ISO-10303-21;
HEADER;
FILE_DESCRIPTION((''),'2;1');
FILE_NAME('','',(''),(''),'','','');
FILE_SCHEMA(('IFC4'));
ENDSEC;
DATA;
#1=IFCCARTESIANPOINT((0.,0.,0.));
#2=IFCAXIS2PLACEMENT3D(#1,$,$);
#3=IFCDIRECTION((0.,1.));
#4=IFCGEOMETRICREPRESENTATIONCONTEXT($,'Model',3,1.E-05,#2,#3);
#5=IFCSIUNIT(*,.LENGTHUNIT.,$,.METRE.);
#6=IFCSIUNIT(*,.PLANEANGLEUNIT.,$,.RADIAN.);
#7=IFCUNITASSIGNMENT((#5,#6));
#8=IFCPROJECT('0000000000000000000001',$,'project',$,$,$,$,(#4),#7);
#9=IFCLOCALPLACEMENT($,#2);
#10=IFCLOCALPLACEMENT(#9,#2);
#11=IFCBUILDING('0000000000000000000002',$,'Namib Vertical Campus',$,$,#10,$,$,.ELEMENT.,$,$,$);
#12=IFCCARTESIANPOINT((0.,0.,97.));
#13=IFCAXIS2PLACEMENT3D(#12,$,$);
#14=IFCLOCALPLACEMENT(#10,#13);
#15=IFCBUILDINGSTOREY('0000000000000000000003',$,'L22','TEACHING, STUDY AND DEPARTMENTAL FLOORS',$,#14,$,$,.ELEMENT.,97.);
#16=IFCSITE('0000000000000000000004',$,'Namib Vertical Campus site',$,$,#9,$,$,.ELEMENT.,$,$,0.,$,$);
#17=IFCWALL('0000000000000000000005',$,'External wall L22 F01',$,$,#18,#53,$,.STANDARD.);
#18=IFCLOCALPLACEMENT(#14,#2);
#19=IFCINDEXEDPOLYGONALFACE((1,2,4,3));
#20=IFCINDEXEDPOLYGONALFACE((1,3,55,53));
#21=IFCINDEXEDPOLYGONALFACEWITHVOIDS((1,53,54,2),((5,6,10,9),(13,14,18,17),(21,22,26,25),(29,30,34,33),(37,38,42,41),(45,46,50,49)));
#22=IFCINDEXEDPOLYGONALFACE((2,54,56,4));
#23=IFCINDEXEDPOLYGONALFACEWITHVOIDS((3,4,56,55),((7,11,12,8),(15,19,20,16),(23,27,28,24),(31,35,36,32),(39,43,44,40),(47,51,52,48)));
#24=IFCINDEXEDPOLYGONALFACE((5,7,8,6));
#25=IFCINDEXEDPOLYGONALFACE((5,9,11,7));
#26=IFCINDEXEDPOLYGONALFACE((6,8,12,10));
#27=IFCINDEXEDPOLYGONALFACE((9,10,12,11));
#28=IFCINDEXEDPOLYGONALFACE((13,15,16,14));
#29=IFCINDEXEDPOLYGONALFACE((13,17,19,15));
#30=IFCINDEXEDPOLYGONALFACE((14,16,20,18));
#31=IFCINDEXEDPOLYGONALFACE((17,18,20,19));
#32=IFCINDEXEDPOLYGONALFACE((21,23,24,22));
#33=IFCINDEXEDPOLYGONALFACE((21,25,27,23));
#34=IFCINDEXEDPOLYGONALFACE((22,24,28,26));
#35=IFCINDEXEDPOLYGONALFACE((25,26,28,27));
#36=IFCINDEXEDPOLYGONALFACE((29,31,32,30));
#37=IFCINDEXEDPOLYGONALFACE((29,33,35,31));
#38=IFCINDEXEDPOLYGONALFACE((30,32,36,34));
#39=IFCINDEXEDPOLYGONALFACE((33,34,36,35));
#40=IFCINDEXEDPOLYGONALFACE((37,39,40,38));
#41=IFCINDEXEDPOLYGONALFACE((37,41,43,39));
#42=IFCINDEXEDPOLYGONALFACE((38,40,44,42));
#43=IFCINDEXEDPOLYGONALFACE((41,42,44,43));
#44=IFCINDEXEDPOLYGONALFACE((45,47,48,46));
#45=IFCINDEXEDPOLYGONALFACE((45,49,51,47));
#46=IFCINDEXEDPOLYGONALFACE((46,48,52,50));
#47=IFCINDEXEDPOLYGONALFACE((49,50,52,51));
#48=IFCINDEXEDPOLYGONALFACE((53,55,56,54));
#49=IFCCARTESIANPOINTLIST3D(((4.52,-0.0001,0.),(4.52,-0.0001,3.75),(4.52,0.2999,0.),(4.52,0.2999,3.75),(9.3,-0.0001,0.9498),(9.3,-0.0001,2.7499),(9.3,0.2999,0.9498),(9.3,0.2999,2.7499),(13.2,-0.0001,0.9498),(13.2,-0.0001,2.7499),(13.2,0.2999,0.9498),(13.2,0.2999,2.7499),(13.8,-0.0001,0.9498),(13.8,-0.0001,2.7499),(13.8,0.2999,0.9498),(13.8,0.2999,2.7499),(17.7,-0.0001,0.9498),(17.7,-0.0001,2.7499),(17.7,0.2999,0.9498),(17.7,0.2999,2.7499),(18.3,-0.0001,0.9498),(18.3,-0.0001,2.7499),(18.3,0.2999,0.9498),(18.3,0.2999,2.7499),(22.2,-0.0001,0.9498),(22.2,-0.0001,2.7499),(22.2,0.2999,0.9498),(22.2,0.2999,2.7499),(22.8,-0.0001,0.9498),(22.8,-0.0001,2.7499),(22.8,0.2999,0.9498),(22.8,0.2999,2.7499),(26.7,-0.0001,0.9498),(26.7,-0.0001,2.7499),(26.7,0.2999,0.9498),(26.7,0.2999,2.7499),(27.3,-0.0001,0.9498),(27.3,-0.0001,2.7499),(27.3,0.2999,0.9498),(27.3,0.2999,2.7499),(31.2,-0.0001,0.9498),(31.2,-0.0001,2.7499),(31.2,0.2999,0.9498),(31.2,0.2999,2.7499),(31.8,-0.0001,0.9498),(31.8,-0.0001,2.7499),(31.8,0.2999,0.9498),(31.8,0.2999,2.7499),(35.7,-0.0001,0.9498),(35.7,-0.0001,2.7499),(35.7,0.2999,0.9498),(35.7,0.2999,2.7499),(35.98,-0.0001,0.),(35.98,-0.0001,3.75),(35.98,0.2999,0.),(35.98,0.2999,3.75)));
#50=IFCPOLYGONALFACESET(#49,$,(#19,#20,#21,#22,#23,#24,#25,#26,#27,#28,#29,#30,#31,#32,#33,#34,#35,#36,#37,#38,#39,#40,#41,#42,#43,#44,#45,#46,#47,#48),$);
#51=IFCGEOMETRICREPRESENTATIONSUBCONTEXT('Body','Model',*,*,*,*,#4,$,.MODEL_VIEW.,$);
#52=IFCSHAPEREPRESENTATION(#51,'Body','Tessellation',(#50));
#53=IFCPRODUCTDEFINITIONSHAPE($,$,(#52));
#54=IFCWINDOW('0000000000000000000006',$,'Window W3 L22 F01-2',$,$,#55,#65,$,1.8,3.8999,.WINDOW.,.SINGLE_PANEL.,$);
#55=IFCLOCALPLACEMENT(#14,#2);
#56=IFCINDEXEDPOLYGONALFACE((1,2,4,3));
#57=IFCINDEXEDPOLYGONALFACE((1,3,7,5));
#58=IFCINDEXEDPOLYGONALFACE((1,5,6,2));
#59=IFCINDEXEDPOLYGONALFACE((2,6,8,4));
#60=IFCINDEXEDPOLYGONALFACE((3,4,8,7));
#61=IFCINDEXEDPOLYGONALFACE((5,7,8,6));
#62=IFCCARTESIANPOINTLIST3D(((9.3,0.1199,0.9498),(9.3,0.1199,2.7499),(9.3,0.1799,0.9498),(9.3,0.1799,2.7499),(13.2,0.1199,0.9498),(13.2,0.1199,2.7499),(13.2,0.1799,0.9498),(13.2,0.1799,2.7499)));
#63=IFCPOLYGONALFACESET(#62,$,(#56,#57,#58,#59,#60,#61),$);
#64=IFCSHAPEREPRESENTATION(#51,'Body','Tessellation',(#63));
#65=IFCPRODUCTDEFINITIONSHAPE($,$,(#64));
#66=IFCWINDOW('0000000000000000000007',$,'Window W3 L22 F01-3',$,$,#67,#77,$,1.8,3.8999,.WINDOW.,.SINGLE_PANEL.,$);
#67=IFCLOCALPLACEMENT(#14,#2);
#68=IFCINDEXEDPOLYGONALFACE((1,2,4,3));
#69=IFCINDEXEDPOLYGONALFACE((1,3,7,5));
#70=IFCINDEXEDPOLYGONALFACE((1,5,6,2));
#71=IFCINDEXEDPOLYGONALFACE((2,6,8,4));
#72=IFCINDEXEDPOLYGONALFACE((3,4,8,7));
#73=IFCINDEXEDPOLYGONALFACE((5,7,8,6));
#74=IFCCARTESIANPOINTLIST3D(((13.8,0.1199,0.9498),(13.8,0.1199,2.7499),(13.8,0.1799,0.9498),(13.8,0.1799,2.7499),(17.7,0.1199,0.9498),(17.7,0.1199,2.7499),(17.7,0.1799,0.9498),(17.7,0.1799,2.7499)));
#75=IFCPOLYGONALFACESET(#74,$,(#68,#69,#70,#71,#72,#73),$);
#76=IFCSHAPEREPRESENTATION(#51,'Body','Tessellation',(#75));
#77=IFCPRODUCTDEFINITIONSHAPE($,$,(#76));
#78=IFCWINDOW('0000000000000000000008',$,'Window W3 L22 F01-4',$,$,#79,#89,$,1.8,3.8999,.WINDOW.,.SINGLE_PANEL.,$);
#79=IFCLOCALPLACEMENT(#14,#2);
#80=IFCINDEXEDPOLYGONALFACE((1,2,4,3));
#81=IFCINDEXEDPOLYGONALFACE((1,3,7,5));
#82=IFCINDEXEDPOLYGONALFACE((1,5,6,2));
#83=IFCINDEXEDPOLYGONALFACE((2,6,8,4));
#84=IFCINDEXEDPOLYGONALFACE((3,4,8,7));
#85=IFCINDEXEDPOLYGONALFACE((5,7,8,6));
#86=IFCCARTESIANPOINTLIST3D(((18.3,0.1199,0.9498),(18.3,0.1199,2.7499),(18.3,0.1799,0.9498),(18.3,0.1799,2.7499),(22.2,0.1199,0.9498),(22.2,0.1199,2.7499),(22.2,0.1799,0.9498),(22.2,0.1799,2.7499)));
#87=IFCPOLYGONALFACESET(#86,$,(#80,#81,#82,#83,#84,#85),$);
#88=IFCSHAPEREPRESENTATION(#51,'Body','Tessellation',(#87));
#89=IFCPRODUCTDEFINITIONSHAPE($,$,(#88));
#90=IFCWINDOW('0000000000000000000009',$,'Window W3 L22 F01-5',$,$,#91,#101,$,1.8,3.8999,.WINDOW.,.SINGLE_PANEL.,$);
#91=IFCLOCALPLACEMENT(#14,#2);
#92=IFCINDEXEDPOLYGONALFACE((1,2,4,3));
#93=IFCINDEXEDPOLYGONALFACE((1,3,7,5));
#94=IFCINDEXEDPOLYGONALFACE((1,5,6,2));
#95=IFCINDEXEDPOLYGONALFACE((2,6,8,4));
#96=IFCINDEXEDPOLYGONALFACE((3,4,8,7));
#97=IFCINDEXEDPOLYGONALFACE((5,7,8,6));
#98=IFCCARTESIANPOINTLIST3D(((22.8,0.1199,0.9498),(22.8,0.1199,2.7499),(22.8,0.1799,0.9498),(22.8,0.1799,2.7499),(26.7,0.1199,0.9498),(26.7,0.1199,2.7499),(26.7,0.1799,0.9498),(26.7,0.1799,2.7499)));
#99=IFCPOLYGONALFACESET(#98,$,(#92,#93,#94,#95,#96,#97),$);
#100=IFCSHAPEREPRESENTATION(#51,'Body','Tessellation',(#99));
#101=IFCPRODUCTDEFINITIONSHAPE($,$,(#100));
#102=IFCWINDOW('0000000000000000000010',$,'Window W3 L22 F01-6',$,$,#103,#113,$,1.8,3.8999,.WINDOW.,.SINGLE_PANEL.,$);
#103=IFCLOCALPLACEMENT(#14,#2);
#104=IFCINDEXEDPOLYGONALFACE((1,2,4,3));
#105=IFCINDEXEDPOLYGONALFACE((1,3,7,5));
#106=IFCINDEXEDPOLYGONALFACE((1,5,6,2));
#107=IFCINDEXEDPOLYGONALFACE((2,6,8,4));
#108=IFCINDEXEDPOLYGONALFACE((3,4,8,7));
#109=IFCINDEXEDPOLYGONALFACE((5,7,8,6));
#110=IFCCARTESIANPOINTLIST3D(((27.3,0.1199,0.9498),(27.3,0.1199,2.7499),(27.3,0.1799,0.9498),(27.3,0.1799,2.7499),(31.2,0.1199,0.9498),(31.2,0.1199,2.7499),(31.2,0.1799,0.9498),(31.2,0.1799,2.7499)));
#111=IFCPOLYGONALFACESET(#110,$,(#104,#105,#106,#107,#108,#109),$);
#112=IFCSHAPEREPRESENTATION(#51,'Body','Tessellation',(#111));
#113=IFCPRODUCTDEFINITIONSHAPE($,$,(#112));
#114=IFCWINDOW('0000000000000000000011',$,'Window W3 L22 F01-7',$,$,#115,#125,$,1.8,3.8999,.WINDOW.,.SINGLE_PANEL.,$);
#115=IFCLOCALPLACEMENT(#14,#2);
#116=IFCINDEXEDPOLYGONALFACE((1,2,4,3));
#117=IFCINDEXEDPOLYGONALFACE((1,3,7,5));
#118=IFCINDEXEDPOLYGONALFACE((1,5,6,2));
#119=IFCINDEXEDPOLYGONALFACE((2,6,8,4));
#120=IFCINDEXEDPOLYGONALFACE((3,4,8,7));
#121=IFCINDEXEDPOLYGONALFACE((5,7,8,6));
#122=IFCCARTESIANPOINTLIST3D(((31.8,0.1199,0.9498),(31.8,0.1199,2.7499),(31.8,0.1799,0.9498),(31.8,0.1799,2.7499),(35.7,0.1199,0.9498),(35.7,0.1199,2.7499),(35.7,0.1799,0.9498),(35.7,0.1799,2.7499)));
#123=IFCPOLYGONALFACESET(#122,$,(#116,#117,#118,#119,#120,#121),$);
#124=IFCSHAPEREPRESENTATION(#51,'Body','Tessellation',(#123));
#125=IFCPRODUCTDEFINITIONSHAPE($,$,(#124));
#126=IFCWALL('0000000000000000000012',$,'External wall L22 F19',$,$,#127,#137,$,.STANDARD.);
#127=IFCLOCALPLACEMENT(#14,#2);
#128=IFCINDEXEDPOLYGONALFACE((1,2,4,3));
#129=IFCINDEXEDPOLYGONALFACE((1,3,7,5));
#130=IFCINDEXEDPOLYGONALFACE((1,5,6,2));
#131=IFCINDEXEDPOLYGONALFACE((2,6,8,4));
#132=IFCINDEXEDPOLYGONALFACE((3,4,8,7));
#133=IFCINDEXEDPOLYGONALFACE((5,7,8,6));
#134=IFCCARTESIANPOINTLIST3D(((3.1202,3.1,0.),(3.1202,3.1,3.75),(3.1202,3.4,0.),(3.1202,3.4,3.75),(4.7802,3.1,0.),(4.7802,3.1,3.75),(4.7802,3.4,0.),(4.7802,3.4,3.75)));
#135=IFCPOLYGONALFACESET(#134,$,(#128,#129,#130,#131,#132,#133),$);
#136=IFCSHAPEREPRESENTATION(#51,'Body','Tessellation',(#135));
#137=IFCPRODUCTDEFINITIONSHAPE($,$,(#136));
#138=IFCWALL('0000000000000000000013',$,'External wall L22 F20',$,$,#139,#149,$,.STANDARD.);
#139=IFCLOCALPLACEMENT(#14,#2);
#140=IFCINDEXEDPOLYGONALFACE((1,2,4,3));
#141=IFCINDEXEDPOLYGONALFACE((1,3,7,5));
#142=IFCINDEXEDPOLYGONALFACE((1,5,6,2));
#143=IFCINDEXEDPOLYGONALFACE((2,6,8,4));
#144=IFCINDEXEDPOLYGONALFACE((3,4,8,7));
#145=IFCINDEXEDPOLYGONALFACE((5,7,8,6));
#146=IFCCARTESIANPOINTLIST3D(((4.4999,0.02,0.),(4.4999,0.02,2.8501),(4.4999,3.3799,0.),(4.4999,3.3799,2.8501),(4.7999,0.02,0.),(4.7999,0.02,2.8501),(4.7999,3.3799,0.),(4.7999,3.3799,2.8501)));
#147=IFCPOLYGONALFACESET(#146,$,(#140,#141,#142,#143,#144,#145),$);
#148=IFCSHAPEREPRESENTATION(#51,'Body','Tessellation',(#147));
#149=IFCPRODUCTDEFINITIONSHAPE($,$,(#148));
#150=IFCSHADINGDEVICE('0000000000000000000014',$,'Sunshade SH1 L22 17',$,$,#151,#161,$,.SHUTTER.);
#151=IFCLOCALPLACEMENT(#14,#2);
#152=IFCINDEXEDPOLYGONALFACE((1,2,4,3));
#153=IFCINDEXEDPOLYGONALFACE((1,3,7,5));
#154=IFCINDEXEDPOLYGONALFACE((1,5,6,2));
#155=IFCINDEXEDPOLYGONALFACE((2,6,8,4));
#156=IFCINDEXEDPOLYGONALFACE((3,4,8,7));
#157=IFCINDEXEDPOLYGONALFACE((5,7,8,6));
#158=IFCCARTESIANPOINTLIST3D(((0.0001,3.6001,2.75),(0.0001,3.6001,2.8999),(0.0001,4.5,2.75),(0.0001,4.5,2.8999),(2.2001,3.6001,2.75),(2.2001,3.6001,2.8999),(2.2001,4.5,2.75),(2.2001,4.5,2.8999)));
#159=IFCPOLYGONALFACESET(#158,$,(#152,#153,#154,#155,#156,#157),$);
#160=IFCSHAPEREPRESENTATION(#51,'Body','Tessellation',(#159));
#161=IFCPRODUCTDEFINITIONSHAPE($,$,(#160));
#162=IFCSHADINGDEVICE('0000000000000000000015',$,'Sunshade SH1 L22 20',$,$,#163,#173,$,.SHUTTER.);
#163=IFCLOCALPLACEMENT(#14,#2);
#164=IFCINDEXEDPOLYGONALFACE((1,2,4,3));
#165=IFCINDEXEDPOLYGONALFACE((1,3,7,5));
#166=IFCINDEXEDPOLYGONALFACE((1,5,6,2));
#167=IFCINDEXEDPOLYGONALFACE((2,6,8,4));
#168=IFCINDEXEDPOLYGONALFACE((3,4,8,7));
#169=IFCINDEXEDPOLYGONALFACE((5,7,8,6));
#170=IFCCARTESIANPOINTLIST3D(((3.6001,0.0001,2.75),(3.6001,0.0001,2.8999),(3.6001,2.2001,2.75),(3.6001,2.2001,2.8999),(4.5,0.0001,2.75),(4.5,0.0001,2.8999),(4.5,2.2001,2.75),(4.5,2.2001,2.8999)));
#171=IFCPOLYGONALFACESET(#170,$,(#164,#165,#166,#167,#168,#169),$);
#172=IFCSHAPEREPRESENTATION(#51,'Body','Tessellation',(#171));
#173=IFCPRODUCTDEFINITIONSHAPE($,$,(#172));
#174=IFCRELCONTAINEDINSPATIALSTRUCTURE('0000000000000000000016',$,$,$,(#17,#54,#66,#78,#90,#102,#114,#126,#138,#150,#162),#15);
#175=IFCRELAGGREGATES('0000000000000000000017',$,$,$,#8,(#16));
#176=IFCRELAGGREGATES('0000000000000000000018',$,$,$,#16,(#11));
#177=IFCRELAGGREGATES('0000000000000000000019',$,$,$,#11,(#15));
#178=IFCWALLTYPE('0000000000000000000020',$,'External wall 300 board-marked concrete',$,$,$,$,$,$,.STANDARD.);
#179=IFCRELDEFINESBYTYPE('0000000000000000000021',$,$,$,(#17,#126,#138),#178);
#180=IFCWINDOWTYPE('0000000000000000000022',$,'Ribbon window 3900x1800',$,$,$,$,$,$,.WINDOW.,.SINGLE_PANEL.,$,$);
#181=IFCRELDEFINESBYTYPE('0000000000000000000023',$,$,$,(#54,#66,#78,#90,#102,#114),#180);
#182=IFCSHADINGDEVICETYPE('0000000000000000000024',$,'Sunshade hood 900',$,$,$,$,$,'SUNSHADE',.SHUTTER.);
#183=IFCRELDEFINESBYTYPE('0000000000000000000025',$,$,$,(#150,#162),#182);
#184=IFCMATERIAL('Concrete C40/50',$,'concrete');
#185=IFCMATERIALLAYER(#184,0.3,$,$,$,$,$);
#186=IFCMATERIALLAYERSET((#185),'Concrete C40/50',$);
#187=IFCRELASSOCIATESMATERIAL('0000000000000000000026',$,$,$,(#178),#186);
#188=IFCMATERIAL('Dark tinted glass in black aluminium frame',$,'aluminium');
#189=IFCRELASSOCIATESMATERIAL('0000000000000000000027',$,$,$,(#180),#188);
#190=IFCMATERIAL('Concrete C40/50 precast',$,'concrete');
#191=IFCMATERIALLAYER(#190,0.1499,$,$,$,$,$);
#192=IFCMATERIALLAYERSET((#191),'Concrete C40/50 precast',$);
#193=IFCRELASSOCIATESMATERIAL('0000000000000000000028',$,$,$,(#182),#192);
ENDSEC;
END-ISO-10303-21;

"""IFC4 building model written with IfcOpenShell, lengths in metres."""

from ifc_helpers import new_model, si_unit, direction, frame, frame_2d, origin, origin_2d, place, context, subcontext, project, spatial, rectangle, extrude, material, layer, layer_set, type_object, element, fill, save


model = new_model("IFC4")

# Units and contexts
model_context = context("Model", 3, precision=1e-05, world=origin(), true_north=direction((0.0, 1.0)))
body_context = subcontext(model_context, "Body", "Model", "MODEL_VIEW")
ifc_project = project(units=[si_unit("LENGTHUNIT", "METRE"), si_unit("PLANEANGLEUNIT", "RADIAN")], contexts=[model_context])

# Site, building, storey
site_placement = place(None, origin())
site = spatial("IfcSite", under=ifc_project, at=site_placement, Name="Namib Vertical Campus site", CompositionType="ELEMENT", RefElevation=0.0)
building_placement = place(site_placement, origin())
building = spatial("IfcBuilding", under=site, at=building_placement, Name="Namib Vertical Campus", CompositionType="ELEMENT")
storey_placement = place(building_placement, frame((0.0, 0.0, 97.0)))
storey = spatial("IfcBuildingStorey", under=building, at=storey_placement, Name="L22", Description="TEACHING, STUDY AND DEPARTMENTAL FLOORS", CompositionType="ELEMENT", Elevation=97.0)

# Wall, openings, windows
ifc_material_1 = material(Name="Concrete C40/50", Category="concrete")
ifc_layer_1 = layer(ifc_material_1, 0.3)
ifc_layer_set_1 = layer_set([ifc_layer_1], Name="Concrete C40/50")
wall_type = type_object("IfcWallType", Name="External wall 300 board-marked concrete", PredefinedType="STANDARD", material=ifc_layer_set_1)
wall_1_placement = place(storey_placement, frame((4.52, 0.1499, 0.0), z_axis=(0.0, 0.0, 1.0), x_axis=(1.0, 0.0, 0.0)))
wall_1 = element("IfcWall", 1, at=wall_1_placement, inside=storey, type_object=wall_type, Name="External wall L22 F01", PredefinedType="STANDARD", context=body_context, shape_type="SweptSolid", body=[
    extrude(rectangle(XDim=31.46, YDim=0.3, at=frame_2d((15.73, 0.0))), origin(), (0.0, 0.0, 1.0), 3.75),
])
opening_1_placement = place(wall_1_placement, frame((4.78, 0.0, 0.95)))
opening_1 = element("IfcOpeningElement", 2, at=opening_1_placement, cuts=wall_1, PredefinedType="OPENING", context=body_context, shape_type="SweptSolid", body=[
    extrude(rectangle(XDim=3.8999, YDim=1.8, at=frame_2d((1.95, 0.8999))), frame((0.0, 0.1599, 0.0), z_axis=(0.0, -1.0, 0.0), x_axis=(1.0, 0.0, 0.0)), (0.0, 0.0, 1.0), 0.3201),
])
opening_2_placement = place(wall_1_placement, frame((9.28, 0.0, 0.95)))
opening_2 = element("IfcOpeningElement", 3, at=opening_2_placement, cuts=wall_1, PredefinedType="OPENING", context=body_context, shape_type="SweptSolid", body=[
    extrude(rectangle(XDim=3.8999, YDim=1.8, at=frame_2d((1.95, 0.8999))), frame((0.0, 0.1599, 0.0), z_axis=(0.0, -1.0, 0.0), x_axis=(1.0, 0.0, 0.0)), (0.0, 0.0, 1.0), 0.3201),
])
opening_3_placement = place(wall_1_placement, frame((13.78, 0.0, 0.95)))
opening_3 = element("IfcOpeningElement", 4, at=opening_3_placement, cuts=wall_1, PredefinedType="OPENING", context=body_context, shape_type="SweptSolid", body=[
    extrude(rectangle(XDim=3.8999, YDim=1.8, at=frame_2d((1.95, 0.8999))), frame((0.0, 0.1599, 0.0), z_axis=(0.0, -1.0, 0.0), x_axis=(1.0, 0.0, 0.0)), (0.0, 0.0, 1.0), 0.3201),
])
opening_4_placement = place(wall_1_placement, frame((18.28, 0.0, 0.95)))
opening_4 = element("IfcOpeningElement", 5, at=opening_4_placement, cuts=wall_1, PredefinedType="OPENING", context=body_context, shape_type="SweptSolid", body=[
    extrude(rectangle(XDim=3.8999, YDim=1.8, at=frame_2d((1.95, 0.8999))), frame((0.0, 0.1599, 0.0), z_axis=(0.0, -1.0, 0.0), x_axis=(1.0, 0.0, 0.0)), (0.0, 0.0, 1.0), 0.3201),
])
opening_5_placement = place(wall_1_placement, frame((22.78, 0.0, 0.95)))
opening_5 = element("IfcOpeningElement", 6, at=opening_5_placement, cuts=wall_1, PredefinedType="OPENING", context=body_context, shape_type="SweptSolid", body=[
    extrude(rectangle(XDim=3.8999, YDim=1.8, at=frame_2d((1.95, 0.8999))), frame((0.0, 0.1599, 0.0), z_axis=(0.0, -1.0, 0.0), x_axis=(1.0, 0.0, 0.0)), (0.0, 0.0, 1.0), 0.3201),
])
opening_6_placement = place(wall_1_placement, frame((27.28, 0.0, 0.95)))
opening_6 = element("IfcOpeningElement", 7, at=opening_6_placement, cuts=wall_1, PredefinedType="OPENING", context=body_context, shape_type="SweptSolid", body=[
    extrude(rectangle(XDim=3.8999, YDim=1.8, at=frame_2d((1.95, 0.8999))), frame((0.0, 0.1599, 0.0), z_axis=(0.0, -1.0, 0.0), x_axis=(1.0, 0.0, 0.0)), (0.0, 0.0, 1.0), 0.3201),
])
ifc_material_2 = material(Name="Dark tinted glass in black aluminium frame", Category="aluminium")
window_type = type_object("IfcWindowType", Name="Ribbon window 3900x1800", PartitioningType="SINGLE_PANEL", PredefinedType="WINDOW", material=ifc_material_2)
window_1_placement = place(opening_1_placement, origin())
window_1 = element("IfcWindow", 8, at=window_1_placement, inside=storey, type_object=window_type, Name="Window W3 L22 F01-2", OverallHeight=1.8, OverallWidth=3.8999, PartitioningType="SINGLE_PANEL", PredefinedType="WINDOW", context=body_context, shape_type="SweptSolid", body=[
    extrude(rectangle(XDim=3.8999, YDim=1.8, at=frame_2d((1.95, 0.8999))), frame((0.0, 0.03, 0.0), z_axis=(0.0, -1.0, 0.0), x_axis=(1.0, 0.0, 0.0)), (0.0, 0.0, 1.0), 0.0601),
])
fill(opening_1, window_1)
window_2_placement = place(opening_2_placement, origin())
window_2 = element("IfcWindow", 9, at=window_2_placement, inside=storey, type_object=window_type, Name="Window W3 L22 F01-3", OverallHeight=1.8, OverallWidth=3.8999, PartitioningType="SINGLE_PANEL", PredefinedType="WINDOW", context=body_context, shape_type="SweptSolid", body=[
    extrude(rectangle(XDim=3.8999, YDim=1.8, at=frame_2d((1.95, 0.8999))), frame((0.0, 0.03, 0.0), z_axis=(0.0, -1.0, 0.0), x_axis=(1.0, 0.0, 0.0)), (0.0, 0.0, 1.0), 0.0601),
])
fill(opening_2, window_2)
window_3_placement = place(opening_3_placement, origin())
window_3 = element("IfcWindow", 10, at=window_3_placement, inside=storey, type_object=window_type, Name="Window W3 L22 F01-4", OverallHeight=1.8, OverallWidth=3.8999, PartitioningType="SINGLE_PANEL", PredefinedType="WINDOW", context=body_context, shape_type="SweptSolid", body=[
    extrude(rectangle(XDim=3.8999, YDim=1.8, at=frame_2d((1.95, 0.8999))), frame((0.0, 0.03, 0.0), z_axis=(0.0, -1.0, 0.0), x_axis=(1.0, 0.0, 0.0)), (0.0, 0.0, 1.0), 0.0601),
])
fill(opening_3, window_3)
window_4_placement = place(opening_4_placement, origin())
window_4 = element("IfcWindow", 11, at=window_4_placement, inside=storey, type_object=window_type, Name="Window W3 L22 F01-5", OverallHeight=1.8, OverallWidth=3.8999, PartitioningType="SINGLE_PANEL", PredefinedType="WINDOW", context=body_context, shape_type="SweptSolid", body=[
    extrude(rectangle(XDim=3.8999, YDim=1.8, at=frame_2d((1.95, 0.8999))), frame((0.0, 0.03, 0.0), z_axis=(0.0, -1.0, 0.0), x_axis=(1.0, 0.0, 0.0)), (0.0, 0.0, 1.0), 0.0601),
])
fill(opening_4, window_4)
window_5_placement = place(opening_5_placement, origin())
window_5 = element("IfcWindow", 12, at=window_5_placement, inside=storey, type_object=window_type, Name="Window W3 L22 F01-6", OverallHeight=1.8, OverallWidth=3.8999, PartitioningType="SINGLE_PANEL", PredefinedType="WINDOW", context=body_context, shape_type="SweptSolid", body=[
    extrude(rectangle(XDim=3.8999, YDim=1.8, at=frame_2d((1.95, 0.8999))), frame((0.0, 0.03, 0.0), z_axis=(0.0, -1.0, 0.0), x_axis=(1.0, 0.0, 0.0)), (0.0, 0.0, 1.0), 0.0601),
])
fill(opening_5, window_5)
window_6_placement = place(opening_6_placement, origin())
window_6 = element("IfcWindow", 13, at=window_6_placement, inside=storey, type_object=window_type, Name="Window W3 L22 F01-7", OverallHeight=1.8, OverallWidth=3.8999, PartitioningType="SINGLE_PANEL", PredefinedType="WINDOW", context=body_context, shape_type="SweptSolid", body=[
    extrude(rectangle(XDim=3.8999, YDim=1.8, at=frame_2d((1.95, 0.8999))), frame((0.0, 0.03, 0.0), z_axis=(0.0, -1.0, 0.0), x_axis=(1.0, 0.0, 0.0)), (0.0, 0.0, 1.0), 0.0601),
])
fill(opening_6, window_6)

# Walls
wall_2_placement = place(storey_placement, frame((3.1201, 3.25, 0.0), z_axis=(0.0, 0.0, 1.0), x_axis=(1.0, 0.0, 0.0)))
element("IfcWall", 14, at=wall_2_placement, inside=storey, type_object=wall_type, Name="External wall L22 F19", PredefinedType="STANDARD", context=body_context, shape_type="SweptSolid", body=[
    extrude(rectangle(XDim=1.6599, YDim=0.3, at=frame_2d((0.8301, 0.0))), origin(), (0.0, 0.0, 1.0), 3.75),
])
wall_3_placement = place(storey_placement, frame((4.6499, 3.3799, 0.0), z_axis=(0.0, 0.0, 1.0), x_axis=(0.0, -1.0, 0.0)))
element("IfcWall", 15, at=wall_3_placement, inside=storey, type_object=wall_type, Name="External wall L22 F20", PredefinedType="STANDARD", context=body_context, shape_type="SweptSolid", body=[
    extrude(rectangle(XDim=3.3599, YDim=0.3, at=frame_2d((1.6799, 0.0))), origin(), (0.0, 0.0, 1.0), 2.8501),
])

# Shading devices
ifc_material_3 = material(Name="Concrete C40/50 precast", Category="concrete")
ifc_layer_2 = layer(ifc_material_3, 0.1499)
ifc_layer_set_2 = layer_set([ifc_layer_2], Name="Concrete C40/50 precast")
shading_device_type = type_object("IfcShadingDeviceType", Name="Sunshade hood 900", ElementType="SUNSHADE", PredefinedType="SHUTTER", material=ifc_layer_set_2)
for number, where, z_axis, x_axis, name in (
    (16, (1.1001, 4.05, 2.75), (0.0, 0.0, 1.0), (1.0, 0.0, 0.0), "Sunshade SH1 L22 17"),
    (17, (4.05, 1.1001, 2.75), (0.0, 0.0, 1.0), (0.0, -1.0, 0.0), "Sunshade SH1 L22 20"),
):
    element("IfcShadingDevice", number, at=place(storey_placement, frame(where, z_axis=z_axis, x_axis=x_axis)), inside=storey, type_object=shading_device_type, Name=name, PredefinedType="SHUTTER", context=body_context, shape_type="SweptSolid", body=[
        extrude(rectangle(XDim=2.2, YDim=0.8999, at=origin_2d()), origin(), (0.0, 0.0, 1.0), 0.1499),
    ])

save(model, "model.ifc")
